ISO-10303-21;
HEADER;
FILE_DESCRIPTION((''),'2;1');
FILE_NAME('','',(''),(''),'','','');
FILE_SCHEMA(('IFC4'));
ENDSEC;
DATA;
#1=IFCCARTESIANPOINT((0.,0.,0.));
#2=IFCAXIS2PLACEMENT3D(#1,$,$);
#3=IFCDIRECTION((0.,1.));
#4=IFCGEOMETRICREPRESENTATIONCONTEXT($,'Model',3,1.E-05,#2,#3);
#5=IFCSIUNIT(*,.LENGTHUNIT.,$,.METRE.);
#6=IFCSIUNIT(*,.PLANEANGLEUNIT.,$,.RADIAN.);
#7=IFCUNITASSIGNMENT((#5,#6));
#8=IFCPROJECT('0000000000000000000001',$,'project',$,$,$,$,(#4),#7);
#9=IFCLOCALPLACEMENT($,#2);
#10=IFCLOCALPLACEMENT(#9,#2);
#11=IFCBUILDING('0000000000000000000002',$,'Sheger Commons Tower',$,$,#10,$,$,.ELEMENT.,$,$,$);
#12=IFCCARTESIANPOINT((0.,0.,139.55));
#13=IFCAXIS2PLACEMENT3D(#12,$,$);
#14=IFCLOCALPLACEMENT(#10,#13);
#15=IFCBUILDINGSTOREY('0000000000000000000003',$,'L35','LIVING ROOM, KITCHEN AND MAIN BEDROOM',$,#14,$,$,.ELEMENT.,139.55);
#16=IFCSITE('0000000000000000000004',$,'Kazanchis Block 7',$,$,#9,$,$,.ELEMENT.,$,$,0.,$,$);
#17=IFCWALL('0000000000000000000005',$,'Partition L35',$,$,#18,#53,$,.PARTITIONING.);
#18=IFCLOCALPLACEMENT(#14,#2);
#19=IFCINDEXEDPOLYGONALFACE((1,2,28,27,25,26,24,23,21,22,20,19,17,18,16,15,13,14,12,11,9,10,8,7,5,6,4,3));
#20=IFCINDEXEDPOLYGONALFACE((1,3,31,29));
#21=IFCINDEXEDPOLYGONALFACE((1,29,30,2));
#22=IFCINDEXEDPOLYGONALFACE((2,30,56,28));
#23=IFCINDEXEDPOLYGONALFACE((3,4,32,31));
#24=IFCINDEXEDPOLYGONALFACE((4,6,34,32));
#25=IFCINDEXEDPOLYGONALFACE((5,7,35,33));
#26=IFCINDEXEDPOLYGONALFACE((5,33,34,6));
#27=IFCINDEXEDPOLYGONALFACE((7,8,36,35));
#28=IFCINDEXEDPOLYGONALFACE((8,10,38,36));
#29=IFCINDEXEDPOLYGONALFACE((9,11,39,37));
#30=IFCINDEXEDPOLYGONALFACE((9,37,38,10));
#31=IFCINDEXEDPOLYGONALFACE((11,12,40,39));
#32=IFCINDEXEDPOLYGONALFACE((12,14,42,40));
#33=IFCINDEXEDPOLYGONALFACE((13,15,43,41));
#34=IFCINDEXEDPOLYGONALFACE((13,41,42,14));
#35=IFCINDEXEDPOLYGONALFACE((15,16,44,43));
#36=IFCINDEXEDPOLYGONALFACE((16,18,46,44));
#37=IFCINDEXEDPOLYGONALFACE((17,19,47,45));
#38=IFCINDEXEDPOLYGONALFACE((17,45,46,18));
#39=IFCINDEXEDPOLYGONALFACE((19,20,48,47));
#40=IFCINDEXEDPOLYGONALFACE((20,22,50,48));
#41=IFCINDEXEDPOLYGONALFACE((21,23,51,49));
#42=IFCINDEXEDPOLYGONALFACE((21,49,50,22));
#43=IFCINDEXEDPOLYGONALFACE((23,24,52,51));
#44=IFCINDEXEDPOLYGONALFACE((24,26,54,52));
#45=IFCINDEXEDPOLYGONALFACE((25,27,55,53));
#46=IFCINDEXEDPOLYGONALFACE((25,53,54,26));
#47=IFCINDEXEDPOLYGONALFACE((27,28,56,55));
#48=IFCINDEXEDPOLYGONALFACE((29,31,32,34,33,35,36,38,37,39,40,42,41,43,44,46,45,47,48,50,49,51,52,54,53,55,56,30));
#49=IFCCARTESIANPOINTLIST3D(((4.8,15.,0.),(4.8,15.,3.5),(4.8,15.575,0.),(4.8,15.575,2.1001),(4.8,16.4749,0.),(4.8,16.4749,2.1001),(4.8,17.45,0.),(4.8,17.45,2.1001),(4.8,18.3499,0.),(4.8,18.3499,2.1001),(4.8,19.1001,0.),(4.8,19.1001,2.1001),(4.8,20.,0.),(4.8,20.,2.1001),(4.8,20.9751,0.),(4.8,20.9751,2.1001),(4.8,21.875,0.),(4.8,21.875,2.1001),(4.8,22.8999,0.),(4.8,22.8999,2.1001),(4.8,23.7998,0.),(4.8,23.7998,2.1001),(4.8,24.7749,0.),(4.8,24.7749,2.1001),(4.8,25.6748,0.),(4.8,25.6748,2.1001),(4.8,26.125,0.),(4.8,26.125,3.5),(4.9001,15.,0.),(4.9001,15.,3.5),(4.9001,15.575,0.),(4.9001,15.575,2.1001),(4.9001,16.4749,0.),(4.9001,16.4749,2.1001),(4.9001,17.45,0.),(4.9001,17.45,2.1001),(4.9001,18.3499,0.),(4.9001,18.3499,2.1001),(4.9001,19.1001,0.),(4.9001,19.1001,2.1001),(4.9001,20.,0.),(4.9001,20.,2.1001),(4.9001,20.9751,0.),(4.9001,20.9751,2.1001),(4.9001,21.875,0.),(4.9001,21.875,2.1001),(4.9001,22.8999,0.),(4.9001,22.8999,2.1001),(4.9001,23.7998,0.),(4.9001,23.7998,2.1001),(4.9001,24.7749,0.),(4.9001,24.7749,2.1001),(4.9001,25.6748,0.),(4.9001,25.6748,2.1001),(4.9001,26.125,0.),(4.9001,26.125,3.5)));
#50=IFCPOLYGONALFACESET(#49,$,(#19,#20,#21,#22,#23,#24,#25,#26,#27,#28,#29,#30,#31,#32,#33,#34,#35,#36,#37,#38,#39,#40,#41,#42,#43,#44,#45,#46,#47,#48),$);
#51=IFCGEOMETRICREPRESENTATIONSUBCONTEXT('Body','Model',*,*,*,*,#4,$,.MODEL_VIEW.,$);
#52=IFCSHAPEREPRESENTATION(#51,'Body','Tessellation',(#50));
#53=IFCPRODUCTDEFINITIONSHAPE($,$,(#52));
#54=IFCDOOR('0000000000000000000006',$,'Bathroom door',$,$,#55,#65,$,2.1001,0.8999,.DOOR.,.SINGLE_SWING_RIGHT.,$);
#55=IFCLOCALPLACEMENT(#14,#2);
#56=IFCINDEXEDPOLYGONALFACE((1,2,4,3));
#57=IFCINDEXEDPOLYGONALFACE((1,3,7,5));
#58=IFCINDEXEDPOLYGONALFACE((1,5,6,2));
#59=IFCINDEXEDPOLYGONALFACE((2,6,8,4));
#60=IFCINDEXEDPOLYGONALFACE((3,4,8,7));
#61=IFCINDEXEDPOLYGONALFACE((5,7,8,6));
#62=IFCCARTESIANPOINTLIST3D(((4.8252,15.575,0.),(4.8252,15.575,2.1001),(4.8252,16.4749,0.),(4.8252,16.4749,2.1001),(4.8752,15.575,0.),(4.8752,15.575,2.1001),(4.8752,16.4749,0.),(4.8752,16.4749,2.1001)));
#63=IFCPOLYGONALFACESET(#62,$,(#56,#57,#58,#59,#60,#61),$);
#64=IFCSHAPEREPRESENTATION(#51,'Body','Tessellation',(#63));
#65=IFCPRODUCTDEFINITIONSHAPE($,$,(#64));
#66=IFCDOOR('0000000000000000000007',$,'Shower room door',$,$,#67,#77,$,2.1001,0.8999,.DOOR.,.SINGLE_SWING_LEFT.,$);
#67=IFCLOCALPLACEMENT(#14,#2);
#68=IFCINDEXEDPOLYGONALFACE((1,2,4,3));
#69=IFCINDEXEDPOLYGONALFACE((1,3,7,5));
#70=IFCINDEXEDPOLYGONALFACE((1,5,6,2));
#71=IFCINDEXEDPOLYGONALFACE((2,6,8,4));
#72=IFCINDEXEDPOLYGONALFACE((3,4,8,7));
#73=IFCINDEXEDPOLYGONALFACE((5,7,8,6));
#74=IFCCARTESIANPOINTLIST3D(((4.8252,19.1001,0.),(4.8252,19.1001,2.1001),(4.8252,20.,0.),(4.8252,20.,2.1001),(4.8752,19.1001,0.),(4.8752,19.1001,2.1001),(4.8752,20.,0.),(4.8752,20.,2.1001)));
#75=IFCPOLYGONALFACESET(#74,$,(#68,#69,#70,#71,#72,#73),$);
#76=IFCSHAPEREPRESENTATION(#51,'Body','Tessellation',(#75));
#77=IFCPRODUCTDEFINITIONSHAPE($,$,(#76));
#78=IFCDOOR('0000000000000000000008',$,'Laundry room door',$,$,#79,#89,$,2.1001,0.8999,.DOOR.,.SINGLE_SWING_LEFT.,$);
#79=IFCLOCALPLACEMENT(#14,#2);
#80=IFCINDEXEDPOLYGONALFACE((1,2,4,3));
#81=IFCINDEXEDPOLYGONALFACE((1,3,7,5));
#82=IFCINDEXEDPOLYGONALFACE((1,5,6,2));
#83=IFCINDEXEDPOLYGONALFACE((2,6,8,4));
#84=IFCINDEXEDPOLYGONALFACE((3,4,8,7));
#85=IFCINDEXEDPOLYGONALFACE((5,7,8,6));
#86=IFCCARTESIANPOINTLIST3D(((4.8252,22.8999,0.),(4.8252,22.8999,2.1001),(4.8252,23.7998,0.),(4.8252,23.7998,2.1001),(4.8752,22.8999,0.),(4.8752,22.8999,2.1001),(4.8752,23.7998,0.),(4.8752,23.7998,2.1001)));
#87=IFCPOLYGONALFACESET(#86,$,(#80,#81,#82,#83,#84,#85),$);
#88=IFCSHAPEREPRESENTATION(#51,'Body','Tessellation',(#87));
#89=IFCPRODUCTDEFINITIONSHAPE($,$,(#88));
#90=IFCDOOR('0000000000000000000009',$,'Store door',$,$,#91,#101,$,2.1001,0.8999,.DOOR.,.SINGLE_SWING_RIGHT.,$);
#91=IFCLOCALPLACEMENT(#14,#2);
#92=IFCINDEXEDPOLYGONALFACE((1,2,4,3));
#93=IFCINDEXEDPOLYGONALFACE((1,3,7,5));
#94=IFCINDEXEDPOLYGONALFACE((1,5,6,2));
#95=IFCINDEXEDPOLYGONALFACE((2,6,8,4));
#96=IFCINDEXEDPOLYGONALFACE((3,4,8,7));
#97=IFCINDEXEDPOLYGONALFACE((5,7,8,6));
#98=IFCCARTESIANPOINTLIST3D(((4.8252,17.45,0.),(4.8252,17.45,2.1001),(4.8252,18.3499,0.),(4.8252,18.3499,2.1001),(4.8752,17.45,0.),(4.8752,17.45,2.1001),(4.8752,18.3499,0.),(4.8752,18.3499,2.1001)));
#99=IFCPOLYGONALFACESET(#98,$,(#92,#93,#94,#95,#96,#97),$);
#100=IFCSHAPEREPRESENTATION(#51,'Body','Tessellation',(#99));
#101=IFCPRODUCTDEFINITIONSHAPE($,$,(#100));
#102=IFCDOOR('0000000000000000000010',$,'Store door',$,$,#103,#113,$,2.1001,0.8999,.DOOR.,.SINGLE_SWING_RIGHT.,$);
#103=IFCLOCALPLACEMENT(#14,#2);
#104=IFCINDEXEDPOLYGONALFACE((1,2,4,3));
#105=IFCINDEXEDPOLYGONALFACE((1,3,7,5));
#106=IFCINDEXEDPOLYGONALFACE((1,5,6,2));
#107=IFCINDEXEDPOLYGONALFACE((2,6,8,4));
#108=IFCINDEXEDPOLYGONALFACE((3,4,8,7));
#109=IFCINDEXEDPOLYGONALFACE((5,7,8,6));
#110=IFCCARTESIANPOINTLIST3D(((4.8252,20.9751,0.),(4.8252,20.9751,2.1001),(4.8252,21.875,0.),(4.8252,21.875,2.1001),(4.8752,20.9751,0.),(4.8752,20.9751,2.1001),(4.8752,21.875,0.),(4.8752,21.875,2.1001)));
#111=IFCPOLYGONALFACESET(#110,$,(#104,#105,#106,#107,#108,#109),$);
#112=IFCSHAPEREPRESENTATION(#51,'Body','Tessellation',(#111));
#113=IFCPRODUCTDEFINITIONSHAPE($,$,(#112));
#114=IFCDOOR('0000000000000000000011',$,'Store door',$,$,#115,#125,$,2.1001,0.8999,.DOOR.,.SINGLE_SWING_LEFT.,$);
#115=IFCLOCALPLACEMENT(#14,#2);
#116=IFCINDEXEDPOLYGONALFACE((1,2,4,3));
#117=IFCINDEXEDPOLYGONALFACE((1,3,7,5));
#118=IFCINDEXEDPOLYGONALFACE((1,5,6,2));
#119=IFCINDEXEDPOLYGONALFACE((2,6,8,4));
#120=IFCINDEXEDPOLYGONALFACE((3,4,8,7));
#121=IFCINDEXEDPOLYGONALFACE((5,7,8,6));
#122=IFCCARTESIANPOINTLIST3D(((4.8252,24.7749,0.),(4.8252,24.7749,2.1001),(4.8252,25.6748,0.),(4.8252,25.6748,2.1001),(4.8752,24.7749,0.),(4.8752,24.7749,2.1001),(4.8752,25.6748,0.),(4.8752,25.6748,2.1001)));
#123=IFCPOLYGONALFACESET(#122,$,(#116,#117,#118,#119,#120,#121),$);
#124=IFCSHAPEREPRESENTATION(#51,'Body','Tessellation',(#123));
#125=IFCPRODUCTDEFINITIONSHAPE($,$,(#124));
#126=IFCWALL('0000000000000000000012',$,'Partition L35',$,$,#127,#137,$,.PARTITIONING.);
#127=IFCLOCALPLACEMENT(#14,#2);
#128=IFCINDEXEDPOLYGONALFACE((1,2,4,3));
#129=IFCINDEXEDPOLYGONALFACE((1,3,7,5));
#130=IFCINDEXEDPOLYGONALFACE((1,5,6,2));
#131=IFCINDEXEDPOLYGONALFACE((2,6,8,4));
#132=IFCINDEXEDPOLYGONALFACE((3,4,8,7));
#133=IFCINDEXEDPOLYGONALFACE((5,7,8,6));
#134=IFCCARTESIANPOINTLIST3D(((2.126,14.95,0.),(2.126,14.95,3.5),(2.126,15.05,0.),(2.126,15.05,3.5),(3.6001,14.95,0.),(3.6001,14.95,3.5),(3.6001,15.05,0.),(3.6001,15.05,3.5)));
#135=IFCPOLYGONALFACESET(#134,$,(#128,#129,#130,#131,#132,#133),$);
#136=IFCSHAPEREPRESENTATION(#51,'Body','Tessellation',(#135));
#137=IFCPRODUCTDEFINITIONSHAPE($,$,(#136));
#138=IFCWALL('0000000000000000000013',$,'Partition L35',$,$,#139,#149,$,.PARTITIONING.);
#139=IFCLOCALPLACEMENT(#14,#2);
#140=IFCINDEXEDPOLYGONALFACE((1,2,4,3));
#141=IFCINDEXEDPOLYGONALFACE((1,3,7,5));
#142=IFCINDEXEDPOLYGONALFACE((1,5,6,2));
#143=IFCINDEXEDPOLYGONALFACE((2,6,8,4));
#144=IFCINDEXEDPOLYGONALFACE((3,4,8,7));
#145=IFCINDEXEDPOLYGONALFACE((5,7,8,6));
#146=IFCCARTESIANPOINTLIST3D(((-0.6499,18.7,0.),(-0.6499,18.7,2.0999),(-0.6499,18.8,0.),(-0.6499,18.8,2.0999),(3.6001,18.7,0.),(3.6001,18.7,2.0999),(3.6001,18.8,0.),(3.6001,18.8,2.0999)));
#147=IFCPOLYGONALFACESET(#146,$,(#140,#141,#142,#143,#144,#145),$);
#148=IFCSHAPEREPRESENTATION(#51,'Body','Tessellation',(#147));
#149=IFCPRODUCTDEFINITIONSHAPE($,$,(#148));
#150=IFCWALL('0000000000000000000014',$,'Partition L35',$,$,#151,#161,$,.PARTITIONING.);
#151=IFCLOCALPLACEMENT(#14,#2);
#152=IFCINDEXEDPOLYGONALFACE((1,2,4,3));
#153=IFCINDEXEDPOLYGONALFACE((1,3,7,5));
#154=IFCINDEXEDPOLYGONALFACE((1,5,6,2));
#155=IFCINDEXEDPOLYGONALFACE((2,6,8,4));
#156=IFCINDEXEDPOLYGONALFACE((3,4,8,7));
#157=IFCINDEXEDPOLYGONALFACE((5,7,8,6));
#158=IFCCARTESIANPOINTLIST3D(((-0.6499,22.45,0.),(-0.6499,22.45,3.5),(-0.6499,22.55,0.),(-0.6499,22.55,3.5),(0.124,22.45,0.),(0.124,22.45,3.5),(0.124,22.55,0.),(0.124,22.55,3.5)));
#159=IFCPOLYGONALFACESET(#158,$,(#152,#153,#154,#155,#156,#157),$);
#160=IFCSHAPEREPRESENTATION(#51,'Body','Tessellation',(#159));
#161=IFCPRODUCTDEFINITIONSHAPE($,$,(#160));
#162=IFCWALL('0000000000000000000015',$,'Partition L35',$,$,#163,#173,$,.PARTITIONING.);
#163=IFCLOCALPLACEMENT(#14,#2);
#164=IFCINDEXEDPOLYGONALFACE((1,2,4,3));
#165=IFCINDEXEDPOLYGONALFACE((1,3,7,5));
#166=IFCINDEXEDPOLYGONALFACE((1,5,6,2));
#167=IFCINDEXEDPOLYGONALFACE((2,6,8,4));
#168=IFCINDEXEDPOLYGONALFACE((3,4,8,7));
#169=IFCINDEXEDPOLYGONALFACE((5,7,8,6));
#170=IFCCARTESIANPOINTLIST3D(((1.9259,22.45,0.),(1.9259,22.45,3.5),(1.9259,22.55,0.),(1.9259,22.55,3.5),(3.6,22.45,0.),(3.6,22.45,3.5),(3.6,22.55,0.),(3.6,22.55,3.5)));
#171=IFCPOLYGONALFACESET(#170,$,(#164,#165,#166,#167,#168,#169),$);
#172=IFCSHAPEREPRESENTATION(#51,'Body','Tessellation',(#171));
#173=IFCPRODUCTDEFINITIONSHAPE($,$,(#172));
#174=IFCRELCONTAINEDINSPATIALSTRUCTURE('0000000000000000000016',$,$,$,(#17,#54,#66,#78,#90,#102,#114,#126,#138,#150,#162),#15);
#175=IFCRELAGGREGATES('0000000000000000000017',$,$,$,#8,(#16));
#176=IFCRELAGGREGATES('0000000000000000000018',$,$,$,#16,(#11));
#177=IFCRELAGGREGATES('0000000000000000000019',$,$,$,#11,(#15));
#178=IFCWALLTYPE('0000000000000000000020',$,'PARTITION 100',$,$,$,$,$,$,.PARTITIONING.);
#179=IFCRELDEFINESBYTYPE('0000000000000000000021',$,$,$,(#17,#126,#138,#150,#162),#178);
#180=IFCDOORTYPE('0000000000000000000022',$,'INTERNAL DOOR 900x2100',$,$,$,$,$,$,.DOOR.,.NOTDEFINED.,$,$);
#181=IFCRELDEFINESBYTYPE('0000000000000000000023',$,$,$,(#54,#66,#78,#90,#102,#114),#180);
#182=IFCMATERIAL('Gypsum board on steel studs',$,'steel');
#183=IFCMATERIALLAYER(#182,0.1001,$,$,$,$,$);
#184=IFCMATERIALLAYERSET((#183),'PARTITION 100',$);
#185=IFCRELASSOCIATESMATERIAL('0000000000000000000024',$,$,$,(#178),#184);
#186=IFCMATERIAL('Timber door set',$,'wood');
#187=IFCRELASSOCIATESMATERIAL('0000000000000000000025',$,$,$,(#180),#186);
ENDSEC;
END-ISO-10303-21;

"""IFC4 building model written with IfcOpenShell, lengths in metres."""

from ifc_helpers import new_model, si_unit, direction, frame, frame_2d, origin, place, context, subcontext, project, spatial, rectangle, extrude, material, layer, layer_set, type_object, element, fill, save


model = new_model("IFC4")

# Units and contexts
model_context = context("Model", 3, precision=1e-05, world=origin(), true_north=direction((0.0, 1.0)))
body_context = subcontext(model_context, "Body", "Model", "MODEL_VIEW")
ifc_project = project(units=[si_unit("LENGTHUNIT", "METRE"), si_unit("PLANEANGLEUNIT", "RADIAN")], contexts=[model_context])

# Site, building, storey
site_placement = place(None, origin())
site = spatial("IfcSite", under=ifc_project, at=site_placement, Name="Kazanchis Block 7", CompositionType="ELEMENT", RefElevation=0.0)
building_placement = place(site_placement, origin())
building = spatial("IfcBuilding", under=site, at=building_placement, Name="Sheger Commons Tower", CompositionType="ELEMENT")
storey_placement = place(building_placement, frame((0.0, 0.0, 139.55)))
storey = spatial("IfcBuildingStorey", under=building, at=storey_placement, Name="L35", Description="LIVING ROOM, KITCHEN AND MAIN BEDROOM", CompositionType="ELEMENT", Elevation=139.55)

# Wall, openings, doors
ifc_material_1 = material(Name="Gypsum board on steel studs", Category="steel")
ifc_layer_1 = layer(ifc_material_1, 0.1001)
ifc_layer_set_1 = layer_set([ifc_layer_1], Name="PARTITION 100")
wall_type = type_object("IfcWallType", Name="PARTITION 100", PredefinedType="PARTITIONING", material=ifc_layer_set_1)
ifc_material_2 = material(Name="Timber door set", Category="wood")
door_type = type_object("IfcDoorType", Name="INTERNAL DOOR 900x2100", OperationType="NOTDEFINED", PredefinedType="DOOR", material=ifc_material_2)
wall_1_placement = place(storey_placement, frame((4.8501, 15.0, 0.0), z_axis=(0.0, 0.0, 1.0), x_axis=(0.0, 1.0, 0.0)))
wall_1 = element("IfcWall", 1, at=wall_1_placement, inside=storey, type_object=wall_type, Name="Partition L35", PredefinedType="PARTITIONING", context=body_context, shape_type="SweptSolid", body=[
    extrude(rectangle(XDim=11.125, YDim=0.1001, at=frame_2d((5.5625, 0.0))), origin(), (0.0, 0.0, 1.0), 3.5),
])
opening_1_placement = place(wall_1_placement, frame((0.575, 0.0, 0.0)))
opening_1 = element("IfcOpeningElement", 2, at=opening_1_placement, cuts=wall_1, PredefinedType="OPENING", context=body_context, shape_type="SweptSolid", body=[
    extrude(rectangle(XDim=0.8999, YDim=2.1001, at=frame_2d((0.45, 1.05))), frame((0.0, 0.0601, 0.0), z_axis=(0.0, -1.0, 0.0), x_axis=(1.0, 0.0, 0.0)), (0.0, 0.0, 1.0), 0.1201),
])
opening_2_placement = place(wall_1_placement, frame((4.1001, 0.0, 0.0)))
opening_2 = element("IfcOpeningElement", 3, at=opening_2_placement, cuts=wall_1, PredefinedType="OPENING", context=body_context, shape_type="SweptSolid", body=[
    extrude(rectangle(XDim=0.8999, YDim=2.1001, at=frame_2d((0.45, 1.05))), frame((0.0, 0.0601, 0.0), z_axis=(0.0, -1.0, 0.0), x_axis=(1.0, 0.0, 0.0)), (0.0, 0.0, 1.0), 0.1201),
])
opening_3_placement = place(wall_1_placement, frame((7.8999, 0.0, 0.0)))
opening_3 = element("IfcOpeningElement", 4, at=opening_3_placement, cuts=wall_1, PredefinedType="OPENING", context=body_context, shape_type="SweptSolid", body=[
    extrude(rectangle(XDim=0.8999, YDim=2.1001, at=frame_2d((0.45, 1.05))), frame((0.0, 0.0601, 0.0), z_axis=(0.0, -1.0, 0.0), x_axis=(1.0, 0.0, 0.0)), (0.0, 0.0, 1.0), 0.1201),
])
opening_4_placement = place(wall_1_placement, frame((2.45, 0.0, 0.0)))
opening_4 = element("IfcOpeningElement", 5, at=opening_4_placement, cuts=wall_1, PredefinedType="OPENING", context=body_context, shape_type="SweptSolid", body=[
    extrude(rectangle(XDim=0.8999, YDim=2.1001, at=frame_2d((0.45, 1.05))), frame((0.0, 0.0601, 0.0), z_axis=(0.0, -1.0, 0.0), x_axis=(1.0, 0.0, 0.0)), (0.0, 0.0, 1.0), 0.1201),
])
opening_5_placement = place(wall_1_placement, frame((5.9751, 0.0, 0.0)))
opening_5 = element("IfcOpeningElement", 6, at=opening_5_placement, cuts=wall_1, PredefinedType="OPENING", context=body_context, shape_type="SweptSolid", body=[
    extrude(rectangle(XDim=0.8999, YDim=2.1001, at=frame_2d((0.45, 1.05))), frame((0.0, 0.0601, 0.0), z_axis=(0.0, -1.0, 0.0), x_axis=(1.0, 0.0, 0.0)), (0.0, 0.0, 1.0), 0.1201),
])
opening_6_placement = place(wall_1_placement, frame((9.7749, 0.0, 0.0)))
opening_6 = element("IfcOpeningElement", 7, at=opening_6_placement, cuts=wall_1, PredefinedType="OPENING", context=body_context, shape_type="SweptSolid", body=[
    extrude(rectangle(XDim=0.8999, YDim=2.1001, at=frame_2d((0.45, 1.05))), frame((0.0, 0.0601, 0.0), z_axis=(0.0, -1.0, 0.0), x_axis=(1.0, 0.0, 0.0)), (0.0, 0.0, 1.0), 0.1201),
])
door_1_placement = place(opening_1_placement, origin())
door_1 = element("IfcDoor", 8, at=door_1_placement, inside=storey, type_object=door_type, Name="Bathroom door", OperationType="SINGLE_SWING_RIGHT", OverallHeight=2.1001, OverallWidth=0.8999, PredefinedType="DOOR", context=body_context, shape_type="SweptSolid", body=[
    extrude(rectangle(XDim=0.8999, YDim=2.1001, at=frame_2d((0.45, 1.05))), frame((0.0, 0.0249, 0.0), z_axis=(0.0, -1.0, 0.0), x_axis=(1.0, 0.0, 0.0)), (0.0, 0.0, 1.0), 0.05),
])
fill(opening_1, door_1)
door_2_placement = place(opening_2_placement, origin())
door_2 = element("IfcDoor", 9, at=door_2_placement, inside=storey, type_object=door_type, Name="Shower room door", OperationType="SINGLE_SWING_LEFT", OverallHeight=2.1001, OverallWidth=0.8999, PredefinedType="DOOR", context=body_context, shape_type="SweptSolid", body=[
    extrude(rectangle(XDim=0.8999, YDim=2.1001, at=frame_2d((0.45, 1.05))), frame((0.0, 0.0249, 0.0), z_axis=(0.0, -1.0, 0.0), x_axis=(1.0, 0.0, 0.0)), (0.0, 0.0, 1.0), 0.05),
])
fill(opening_2, door_2)
door_3_placement = place(opening_3_placement, origin())
door_3 = element("IfcDoor", 10, at=door_3_placement, inside=storey, type_object=door_type, Name="Laundry room door", OperationType="SINGLE_SWING_LEFT", OverallHeight=2.1001, OverallWidth=0.8999, PredefinedType="DOOR", context=body_context, shape_type="SweptSolid", body=[
    extrude(rectangle(XDim=0.8999, YDim=2.1001, at=frame_2d((0.45, 1.05))), frame((0.0, 0.0249, 0.0), z_axis=(0.0, -1.0, 0.0), x_axis=(1.0, 0.0, 0.0)), (0.0, 0.0, 1.0), 0.05),
])
fill(opening_3, door_3)
door_4_placement = place(opening_4_placement, origin())
door_4 = element("IfcDoor", 11, at=door_4_placement, inside=storey, type_object=door_type, Name="Store door", OperationType="SINGLE_SWING_RIGHT", OverallHeight=2.1001, OverallWidth=0.8999, PredefinedType="DOOR", context=body_context, shape_type="SweptSolid", body=[
    extrude(rectangle(XDim=0.8999, YDim=2.1001, at=frame_2d((0.45, 1.05))), frame((0.0, 0.0249, 0.0), z_axis=(0.0, -1.0, 0.0), x_axis=(1.0, 0.0, 0.0)), (0.0, 0.0, 1.0), 0.05),
])
fill(opening_4, door_4)
door_5_placement = place(opening_5_placement, origin())
door_5 = element("IfcDoor", 12, at=door_5_placement, inside=storey, type_object=door_type, Name="Store door", OperationType="SINGLE_SWING_RIGHT", OverallHeight=2.1001, OverallWidth=0.8999, PredefinedType="DOOR", context=body_context, shape_type="SweptSolid", body=[
    extrude(rectangle(XDim=0.8999, YDim=2.1001, at=frame_2d((0.45, 1.05))), frame((0.0, 0.0249, 0.0), z_axis=(0.0, -1.0, 0.0), x_axis=(1.0, 0.0, 0.0)), (0.0, 0.0, 1.0), 0.05),
])
fill(opening_5, door_5)
door_6_placement = place(opening_6_placement, origin())
door_6 = element("IfcDoor", 13, at=door_6_placement, inside=storey, type_object=door_type, Name="Store door", OperationType="SINGLE_SWING_LEFT", OverallHeight=2.1001, OverallWidth=0.8999, PredefinedType="DOOR", context=body_context, shape_type="SweptSolid", body=[
    extrude(rectangle(XDim=0.8999, YDim=2.1001, at=frame_2d((0.45, 1.05))), frame((0.0, 0.0249, 0.0), z_axis=(0.0, -1.0, 0.0), x_axis=(1.0, 0.0, 0.0)), (0.0, 0.0, 1.0), 0.05),
])
fill(opening_6, door_6)

# Walls
wall_2_placement = place(storey_placement, frame((2.126, 15.0, 0.0), z_axis=(0.0, 0.0, 1.0), x_axis=(1.0, 0.0, 0.0)))
element("IfcWall", 14, at=wall_2_placement, inside=storey, type_object=wall_type, Name="Partition L35", PredefinedType="PARTITIONING", context=body_context, shape_type="SweptSolid", body=[
    extrude(rectangle(XDim=1.4741, YDim=0.1001, at=frame_2d((0.7371, 0.0))), origin(), (0.0, 0.0, 1.0), 3.5),
])
wall_3_placement = place(storey_placement, frame((-0.6499, 18.75, 0.0), z_axis=(0.0, 0.0, 1.0), x_axis=(1.0, 0.0, 0.0)))
element("IfcWall", 15, at=wall_3_placement, inside=storey, type_object=wall_type, Name="Partition L35", PredefinedType="PARTITIONING", context=body_context, shape_type="SweptSolid", body=[
    extrude(rectangle(XDim=4.25, YDim=0.1001, at=frame_2d((2.125, 0.0))), origin(), (0.0, 0.0, 1.0), 2.0999),
])
wall_4_placement = place(storey_placement, frame((-0.6499, 22.5, 0.0), z_axis=(0.0, 0.0, 1.0), x_axis=(1.0, 0.0, 0.0)))
element("IfcWall", 16, at=wall_4_placement, inside=storey, type_object=wall_type, Name="Partition L35", PredefinedType="PARTITIONING", context=body_context, shape_type="SweptSolid", body=[
    extrude(rectangle(XDim=0.7739, YDim=0.1001, at=frame_2d((0.387, 0.0))), origin(), (0.0, 0.0, 1.0), 3.5),
])
wall_5_placement = place(storey_placement, frame((1.926, 22.5, 0.0), z_axis=(0.0, 0.0, 1.0), x_axis=(1.0, 0.0, 0.0)))
element("IfcWall", 17, at=wall_5_placement, inside=storey, type_object=wall_type, Name="Partition L35", PredefinedType="PARTITIONING", context=body_context, shape_type="SweptSolid", body=[
    extrude(rectangle(XDim=1.6741, YDim=0.1001, at=frame_2d((0.8369, 0.0))), origin(), (0.0, 0.0, 1.0), 3.5),
])

save(model, "model.ifc")
